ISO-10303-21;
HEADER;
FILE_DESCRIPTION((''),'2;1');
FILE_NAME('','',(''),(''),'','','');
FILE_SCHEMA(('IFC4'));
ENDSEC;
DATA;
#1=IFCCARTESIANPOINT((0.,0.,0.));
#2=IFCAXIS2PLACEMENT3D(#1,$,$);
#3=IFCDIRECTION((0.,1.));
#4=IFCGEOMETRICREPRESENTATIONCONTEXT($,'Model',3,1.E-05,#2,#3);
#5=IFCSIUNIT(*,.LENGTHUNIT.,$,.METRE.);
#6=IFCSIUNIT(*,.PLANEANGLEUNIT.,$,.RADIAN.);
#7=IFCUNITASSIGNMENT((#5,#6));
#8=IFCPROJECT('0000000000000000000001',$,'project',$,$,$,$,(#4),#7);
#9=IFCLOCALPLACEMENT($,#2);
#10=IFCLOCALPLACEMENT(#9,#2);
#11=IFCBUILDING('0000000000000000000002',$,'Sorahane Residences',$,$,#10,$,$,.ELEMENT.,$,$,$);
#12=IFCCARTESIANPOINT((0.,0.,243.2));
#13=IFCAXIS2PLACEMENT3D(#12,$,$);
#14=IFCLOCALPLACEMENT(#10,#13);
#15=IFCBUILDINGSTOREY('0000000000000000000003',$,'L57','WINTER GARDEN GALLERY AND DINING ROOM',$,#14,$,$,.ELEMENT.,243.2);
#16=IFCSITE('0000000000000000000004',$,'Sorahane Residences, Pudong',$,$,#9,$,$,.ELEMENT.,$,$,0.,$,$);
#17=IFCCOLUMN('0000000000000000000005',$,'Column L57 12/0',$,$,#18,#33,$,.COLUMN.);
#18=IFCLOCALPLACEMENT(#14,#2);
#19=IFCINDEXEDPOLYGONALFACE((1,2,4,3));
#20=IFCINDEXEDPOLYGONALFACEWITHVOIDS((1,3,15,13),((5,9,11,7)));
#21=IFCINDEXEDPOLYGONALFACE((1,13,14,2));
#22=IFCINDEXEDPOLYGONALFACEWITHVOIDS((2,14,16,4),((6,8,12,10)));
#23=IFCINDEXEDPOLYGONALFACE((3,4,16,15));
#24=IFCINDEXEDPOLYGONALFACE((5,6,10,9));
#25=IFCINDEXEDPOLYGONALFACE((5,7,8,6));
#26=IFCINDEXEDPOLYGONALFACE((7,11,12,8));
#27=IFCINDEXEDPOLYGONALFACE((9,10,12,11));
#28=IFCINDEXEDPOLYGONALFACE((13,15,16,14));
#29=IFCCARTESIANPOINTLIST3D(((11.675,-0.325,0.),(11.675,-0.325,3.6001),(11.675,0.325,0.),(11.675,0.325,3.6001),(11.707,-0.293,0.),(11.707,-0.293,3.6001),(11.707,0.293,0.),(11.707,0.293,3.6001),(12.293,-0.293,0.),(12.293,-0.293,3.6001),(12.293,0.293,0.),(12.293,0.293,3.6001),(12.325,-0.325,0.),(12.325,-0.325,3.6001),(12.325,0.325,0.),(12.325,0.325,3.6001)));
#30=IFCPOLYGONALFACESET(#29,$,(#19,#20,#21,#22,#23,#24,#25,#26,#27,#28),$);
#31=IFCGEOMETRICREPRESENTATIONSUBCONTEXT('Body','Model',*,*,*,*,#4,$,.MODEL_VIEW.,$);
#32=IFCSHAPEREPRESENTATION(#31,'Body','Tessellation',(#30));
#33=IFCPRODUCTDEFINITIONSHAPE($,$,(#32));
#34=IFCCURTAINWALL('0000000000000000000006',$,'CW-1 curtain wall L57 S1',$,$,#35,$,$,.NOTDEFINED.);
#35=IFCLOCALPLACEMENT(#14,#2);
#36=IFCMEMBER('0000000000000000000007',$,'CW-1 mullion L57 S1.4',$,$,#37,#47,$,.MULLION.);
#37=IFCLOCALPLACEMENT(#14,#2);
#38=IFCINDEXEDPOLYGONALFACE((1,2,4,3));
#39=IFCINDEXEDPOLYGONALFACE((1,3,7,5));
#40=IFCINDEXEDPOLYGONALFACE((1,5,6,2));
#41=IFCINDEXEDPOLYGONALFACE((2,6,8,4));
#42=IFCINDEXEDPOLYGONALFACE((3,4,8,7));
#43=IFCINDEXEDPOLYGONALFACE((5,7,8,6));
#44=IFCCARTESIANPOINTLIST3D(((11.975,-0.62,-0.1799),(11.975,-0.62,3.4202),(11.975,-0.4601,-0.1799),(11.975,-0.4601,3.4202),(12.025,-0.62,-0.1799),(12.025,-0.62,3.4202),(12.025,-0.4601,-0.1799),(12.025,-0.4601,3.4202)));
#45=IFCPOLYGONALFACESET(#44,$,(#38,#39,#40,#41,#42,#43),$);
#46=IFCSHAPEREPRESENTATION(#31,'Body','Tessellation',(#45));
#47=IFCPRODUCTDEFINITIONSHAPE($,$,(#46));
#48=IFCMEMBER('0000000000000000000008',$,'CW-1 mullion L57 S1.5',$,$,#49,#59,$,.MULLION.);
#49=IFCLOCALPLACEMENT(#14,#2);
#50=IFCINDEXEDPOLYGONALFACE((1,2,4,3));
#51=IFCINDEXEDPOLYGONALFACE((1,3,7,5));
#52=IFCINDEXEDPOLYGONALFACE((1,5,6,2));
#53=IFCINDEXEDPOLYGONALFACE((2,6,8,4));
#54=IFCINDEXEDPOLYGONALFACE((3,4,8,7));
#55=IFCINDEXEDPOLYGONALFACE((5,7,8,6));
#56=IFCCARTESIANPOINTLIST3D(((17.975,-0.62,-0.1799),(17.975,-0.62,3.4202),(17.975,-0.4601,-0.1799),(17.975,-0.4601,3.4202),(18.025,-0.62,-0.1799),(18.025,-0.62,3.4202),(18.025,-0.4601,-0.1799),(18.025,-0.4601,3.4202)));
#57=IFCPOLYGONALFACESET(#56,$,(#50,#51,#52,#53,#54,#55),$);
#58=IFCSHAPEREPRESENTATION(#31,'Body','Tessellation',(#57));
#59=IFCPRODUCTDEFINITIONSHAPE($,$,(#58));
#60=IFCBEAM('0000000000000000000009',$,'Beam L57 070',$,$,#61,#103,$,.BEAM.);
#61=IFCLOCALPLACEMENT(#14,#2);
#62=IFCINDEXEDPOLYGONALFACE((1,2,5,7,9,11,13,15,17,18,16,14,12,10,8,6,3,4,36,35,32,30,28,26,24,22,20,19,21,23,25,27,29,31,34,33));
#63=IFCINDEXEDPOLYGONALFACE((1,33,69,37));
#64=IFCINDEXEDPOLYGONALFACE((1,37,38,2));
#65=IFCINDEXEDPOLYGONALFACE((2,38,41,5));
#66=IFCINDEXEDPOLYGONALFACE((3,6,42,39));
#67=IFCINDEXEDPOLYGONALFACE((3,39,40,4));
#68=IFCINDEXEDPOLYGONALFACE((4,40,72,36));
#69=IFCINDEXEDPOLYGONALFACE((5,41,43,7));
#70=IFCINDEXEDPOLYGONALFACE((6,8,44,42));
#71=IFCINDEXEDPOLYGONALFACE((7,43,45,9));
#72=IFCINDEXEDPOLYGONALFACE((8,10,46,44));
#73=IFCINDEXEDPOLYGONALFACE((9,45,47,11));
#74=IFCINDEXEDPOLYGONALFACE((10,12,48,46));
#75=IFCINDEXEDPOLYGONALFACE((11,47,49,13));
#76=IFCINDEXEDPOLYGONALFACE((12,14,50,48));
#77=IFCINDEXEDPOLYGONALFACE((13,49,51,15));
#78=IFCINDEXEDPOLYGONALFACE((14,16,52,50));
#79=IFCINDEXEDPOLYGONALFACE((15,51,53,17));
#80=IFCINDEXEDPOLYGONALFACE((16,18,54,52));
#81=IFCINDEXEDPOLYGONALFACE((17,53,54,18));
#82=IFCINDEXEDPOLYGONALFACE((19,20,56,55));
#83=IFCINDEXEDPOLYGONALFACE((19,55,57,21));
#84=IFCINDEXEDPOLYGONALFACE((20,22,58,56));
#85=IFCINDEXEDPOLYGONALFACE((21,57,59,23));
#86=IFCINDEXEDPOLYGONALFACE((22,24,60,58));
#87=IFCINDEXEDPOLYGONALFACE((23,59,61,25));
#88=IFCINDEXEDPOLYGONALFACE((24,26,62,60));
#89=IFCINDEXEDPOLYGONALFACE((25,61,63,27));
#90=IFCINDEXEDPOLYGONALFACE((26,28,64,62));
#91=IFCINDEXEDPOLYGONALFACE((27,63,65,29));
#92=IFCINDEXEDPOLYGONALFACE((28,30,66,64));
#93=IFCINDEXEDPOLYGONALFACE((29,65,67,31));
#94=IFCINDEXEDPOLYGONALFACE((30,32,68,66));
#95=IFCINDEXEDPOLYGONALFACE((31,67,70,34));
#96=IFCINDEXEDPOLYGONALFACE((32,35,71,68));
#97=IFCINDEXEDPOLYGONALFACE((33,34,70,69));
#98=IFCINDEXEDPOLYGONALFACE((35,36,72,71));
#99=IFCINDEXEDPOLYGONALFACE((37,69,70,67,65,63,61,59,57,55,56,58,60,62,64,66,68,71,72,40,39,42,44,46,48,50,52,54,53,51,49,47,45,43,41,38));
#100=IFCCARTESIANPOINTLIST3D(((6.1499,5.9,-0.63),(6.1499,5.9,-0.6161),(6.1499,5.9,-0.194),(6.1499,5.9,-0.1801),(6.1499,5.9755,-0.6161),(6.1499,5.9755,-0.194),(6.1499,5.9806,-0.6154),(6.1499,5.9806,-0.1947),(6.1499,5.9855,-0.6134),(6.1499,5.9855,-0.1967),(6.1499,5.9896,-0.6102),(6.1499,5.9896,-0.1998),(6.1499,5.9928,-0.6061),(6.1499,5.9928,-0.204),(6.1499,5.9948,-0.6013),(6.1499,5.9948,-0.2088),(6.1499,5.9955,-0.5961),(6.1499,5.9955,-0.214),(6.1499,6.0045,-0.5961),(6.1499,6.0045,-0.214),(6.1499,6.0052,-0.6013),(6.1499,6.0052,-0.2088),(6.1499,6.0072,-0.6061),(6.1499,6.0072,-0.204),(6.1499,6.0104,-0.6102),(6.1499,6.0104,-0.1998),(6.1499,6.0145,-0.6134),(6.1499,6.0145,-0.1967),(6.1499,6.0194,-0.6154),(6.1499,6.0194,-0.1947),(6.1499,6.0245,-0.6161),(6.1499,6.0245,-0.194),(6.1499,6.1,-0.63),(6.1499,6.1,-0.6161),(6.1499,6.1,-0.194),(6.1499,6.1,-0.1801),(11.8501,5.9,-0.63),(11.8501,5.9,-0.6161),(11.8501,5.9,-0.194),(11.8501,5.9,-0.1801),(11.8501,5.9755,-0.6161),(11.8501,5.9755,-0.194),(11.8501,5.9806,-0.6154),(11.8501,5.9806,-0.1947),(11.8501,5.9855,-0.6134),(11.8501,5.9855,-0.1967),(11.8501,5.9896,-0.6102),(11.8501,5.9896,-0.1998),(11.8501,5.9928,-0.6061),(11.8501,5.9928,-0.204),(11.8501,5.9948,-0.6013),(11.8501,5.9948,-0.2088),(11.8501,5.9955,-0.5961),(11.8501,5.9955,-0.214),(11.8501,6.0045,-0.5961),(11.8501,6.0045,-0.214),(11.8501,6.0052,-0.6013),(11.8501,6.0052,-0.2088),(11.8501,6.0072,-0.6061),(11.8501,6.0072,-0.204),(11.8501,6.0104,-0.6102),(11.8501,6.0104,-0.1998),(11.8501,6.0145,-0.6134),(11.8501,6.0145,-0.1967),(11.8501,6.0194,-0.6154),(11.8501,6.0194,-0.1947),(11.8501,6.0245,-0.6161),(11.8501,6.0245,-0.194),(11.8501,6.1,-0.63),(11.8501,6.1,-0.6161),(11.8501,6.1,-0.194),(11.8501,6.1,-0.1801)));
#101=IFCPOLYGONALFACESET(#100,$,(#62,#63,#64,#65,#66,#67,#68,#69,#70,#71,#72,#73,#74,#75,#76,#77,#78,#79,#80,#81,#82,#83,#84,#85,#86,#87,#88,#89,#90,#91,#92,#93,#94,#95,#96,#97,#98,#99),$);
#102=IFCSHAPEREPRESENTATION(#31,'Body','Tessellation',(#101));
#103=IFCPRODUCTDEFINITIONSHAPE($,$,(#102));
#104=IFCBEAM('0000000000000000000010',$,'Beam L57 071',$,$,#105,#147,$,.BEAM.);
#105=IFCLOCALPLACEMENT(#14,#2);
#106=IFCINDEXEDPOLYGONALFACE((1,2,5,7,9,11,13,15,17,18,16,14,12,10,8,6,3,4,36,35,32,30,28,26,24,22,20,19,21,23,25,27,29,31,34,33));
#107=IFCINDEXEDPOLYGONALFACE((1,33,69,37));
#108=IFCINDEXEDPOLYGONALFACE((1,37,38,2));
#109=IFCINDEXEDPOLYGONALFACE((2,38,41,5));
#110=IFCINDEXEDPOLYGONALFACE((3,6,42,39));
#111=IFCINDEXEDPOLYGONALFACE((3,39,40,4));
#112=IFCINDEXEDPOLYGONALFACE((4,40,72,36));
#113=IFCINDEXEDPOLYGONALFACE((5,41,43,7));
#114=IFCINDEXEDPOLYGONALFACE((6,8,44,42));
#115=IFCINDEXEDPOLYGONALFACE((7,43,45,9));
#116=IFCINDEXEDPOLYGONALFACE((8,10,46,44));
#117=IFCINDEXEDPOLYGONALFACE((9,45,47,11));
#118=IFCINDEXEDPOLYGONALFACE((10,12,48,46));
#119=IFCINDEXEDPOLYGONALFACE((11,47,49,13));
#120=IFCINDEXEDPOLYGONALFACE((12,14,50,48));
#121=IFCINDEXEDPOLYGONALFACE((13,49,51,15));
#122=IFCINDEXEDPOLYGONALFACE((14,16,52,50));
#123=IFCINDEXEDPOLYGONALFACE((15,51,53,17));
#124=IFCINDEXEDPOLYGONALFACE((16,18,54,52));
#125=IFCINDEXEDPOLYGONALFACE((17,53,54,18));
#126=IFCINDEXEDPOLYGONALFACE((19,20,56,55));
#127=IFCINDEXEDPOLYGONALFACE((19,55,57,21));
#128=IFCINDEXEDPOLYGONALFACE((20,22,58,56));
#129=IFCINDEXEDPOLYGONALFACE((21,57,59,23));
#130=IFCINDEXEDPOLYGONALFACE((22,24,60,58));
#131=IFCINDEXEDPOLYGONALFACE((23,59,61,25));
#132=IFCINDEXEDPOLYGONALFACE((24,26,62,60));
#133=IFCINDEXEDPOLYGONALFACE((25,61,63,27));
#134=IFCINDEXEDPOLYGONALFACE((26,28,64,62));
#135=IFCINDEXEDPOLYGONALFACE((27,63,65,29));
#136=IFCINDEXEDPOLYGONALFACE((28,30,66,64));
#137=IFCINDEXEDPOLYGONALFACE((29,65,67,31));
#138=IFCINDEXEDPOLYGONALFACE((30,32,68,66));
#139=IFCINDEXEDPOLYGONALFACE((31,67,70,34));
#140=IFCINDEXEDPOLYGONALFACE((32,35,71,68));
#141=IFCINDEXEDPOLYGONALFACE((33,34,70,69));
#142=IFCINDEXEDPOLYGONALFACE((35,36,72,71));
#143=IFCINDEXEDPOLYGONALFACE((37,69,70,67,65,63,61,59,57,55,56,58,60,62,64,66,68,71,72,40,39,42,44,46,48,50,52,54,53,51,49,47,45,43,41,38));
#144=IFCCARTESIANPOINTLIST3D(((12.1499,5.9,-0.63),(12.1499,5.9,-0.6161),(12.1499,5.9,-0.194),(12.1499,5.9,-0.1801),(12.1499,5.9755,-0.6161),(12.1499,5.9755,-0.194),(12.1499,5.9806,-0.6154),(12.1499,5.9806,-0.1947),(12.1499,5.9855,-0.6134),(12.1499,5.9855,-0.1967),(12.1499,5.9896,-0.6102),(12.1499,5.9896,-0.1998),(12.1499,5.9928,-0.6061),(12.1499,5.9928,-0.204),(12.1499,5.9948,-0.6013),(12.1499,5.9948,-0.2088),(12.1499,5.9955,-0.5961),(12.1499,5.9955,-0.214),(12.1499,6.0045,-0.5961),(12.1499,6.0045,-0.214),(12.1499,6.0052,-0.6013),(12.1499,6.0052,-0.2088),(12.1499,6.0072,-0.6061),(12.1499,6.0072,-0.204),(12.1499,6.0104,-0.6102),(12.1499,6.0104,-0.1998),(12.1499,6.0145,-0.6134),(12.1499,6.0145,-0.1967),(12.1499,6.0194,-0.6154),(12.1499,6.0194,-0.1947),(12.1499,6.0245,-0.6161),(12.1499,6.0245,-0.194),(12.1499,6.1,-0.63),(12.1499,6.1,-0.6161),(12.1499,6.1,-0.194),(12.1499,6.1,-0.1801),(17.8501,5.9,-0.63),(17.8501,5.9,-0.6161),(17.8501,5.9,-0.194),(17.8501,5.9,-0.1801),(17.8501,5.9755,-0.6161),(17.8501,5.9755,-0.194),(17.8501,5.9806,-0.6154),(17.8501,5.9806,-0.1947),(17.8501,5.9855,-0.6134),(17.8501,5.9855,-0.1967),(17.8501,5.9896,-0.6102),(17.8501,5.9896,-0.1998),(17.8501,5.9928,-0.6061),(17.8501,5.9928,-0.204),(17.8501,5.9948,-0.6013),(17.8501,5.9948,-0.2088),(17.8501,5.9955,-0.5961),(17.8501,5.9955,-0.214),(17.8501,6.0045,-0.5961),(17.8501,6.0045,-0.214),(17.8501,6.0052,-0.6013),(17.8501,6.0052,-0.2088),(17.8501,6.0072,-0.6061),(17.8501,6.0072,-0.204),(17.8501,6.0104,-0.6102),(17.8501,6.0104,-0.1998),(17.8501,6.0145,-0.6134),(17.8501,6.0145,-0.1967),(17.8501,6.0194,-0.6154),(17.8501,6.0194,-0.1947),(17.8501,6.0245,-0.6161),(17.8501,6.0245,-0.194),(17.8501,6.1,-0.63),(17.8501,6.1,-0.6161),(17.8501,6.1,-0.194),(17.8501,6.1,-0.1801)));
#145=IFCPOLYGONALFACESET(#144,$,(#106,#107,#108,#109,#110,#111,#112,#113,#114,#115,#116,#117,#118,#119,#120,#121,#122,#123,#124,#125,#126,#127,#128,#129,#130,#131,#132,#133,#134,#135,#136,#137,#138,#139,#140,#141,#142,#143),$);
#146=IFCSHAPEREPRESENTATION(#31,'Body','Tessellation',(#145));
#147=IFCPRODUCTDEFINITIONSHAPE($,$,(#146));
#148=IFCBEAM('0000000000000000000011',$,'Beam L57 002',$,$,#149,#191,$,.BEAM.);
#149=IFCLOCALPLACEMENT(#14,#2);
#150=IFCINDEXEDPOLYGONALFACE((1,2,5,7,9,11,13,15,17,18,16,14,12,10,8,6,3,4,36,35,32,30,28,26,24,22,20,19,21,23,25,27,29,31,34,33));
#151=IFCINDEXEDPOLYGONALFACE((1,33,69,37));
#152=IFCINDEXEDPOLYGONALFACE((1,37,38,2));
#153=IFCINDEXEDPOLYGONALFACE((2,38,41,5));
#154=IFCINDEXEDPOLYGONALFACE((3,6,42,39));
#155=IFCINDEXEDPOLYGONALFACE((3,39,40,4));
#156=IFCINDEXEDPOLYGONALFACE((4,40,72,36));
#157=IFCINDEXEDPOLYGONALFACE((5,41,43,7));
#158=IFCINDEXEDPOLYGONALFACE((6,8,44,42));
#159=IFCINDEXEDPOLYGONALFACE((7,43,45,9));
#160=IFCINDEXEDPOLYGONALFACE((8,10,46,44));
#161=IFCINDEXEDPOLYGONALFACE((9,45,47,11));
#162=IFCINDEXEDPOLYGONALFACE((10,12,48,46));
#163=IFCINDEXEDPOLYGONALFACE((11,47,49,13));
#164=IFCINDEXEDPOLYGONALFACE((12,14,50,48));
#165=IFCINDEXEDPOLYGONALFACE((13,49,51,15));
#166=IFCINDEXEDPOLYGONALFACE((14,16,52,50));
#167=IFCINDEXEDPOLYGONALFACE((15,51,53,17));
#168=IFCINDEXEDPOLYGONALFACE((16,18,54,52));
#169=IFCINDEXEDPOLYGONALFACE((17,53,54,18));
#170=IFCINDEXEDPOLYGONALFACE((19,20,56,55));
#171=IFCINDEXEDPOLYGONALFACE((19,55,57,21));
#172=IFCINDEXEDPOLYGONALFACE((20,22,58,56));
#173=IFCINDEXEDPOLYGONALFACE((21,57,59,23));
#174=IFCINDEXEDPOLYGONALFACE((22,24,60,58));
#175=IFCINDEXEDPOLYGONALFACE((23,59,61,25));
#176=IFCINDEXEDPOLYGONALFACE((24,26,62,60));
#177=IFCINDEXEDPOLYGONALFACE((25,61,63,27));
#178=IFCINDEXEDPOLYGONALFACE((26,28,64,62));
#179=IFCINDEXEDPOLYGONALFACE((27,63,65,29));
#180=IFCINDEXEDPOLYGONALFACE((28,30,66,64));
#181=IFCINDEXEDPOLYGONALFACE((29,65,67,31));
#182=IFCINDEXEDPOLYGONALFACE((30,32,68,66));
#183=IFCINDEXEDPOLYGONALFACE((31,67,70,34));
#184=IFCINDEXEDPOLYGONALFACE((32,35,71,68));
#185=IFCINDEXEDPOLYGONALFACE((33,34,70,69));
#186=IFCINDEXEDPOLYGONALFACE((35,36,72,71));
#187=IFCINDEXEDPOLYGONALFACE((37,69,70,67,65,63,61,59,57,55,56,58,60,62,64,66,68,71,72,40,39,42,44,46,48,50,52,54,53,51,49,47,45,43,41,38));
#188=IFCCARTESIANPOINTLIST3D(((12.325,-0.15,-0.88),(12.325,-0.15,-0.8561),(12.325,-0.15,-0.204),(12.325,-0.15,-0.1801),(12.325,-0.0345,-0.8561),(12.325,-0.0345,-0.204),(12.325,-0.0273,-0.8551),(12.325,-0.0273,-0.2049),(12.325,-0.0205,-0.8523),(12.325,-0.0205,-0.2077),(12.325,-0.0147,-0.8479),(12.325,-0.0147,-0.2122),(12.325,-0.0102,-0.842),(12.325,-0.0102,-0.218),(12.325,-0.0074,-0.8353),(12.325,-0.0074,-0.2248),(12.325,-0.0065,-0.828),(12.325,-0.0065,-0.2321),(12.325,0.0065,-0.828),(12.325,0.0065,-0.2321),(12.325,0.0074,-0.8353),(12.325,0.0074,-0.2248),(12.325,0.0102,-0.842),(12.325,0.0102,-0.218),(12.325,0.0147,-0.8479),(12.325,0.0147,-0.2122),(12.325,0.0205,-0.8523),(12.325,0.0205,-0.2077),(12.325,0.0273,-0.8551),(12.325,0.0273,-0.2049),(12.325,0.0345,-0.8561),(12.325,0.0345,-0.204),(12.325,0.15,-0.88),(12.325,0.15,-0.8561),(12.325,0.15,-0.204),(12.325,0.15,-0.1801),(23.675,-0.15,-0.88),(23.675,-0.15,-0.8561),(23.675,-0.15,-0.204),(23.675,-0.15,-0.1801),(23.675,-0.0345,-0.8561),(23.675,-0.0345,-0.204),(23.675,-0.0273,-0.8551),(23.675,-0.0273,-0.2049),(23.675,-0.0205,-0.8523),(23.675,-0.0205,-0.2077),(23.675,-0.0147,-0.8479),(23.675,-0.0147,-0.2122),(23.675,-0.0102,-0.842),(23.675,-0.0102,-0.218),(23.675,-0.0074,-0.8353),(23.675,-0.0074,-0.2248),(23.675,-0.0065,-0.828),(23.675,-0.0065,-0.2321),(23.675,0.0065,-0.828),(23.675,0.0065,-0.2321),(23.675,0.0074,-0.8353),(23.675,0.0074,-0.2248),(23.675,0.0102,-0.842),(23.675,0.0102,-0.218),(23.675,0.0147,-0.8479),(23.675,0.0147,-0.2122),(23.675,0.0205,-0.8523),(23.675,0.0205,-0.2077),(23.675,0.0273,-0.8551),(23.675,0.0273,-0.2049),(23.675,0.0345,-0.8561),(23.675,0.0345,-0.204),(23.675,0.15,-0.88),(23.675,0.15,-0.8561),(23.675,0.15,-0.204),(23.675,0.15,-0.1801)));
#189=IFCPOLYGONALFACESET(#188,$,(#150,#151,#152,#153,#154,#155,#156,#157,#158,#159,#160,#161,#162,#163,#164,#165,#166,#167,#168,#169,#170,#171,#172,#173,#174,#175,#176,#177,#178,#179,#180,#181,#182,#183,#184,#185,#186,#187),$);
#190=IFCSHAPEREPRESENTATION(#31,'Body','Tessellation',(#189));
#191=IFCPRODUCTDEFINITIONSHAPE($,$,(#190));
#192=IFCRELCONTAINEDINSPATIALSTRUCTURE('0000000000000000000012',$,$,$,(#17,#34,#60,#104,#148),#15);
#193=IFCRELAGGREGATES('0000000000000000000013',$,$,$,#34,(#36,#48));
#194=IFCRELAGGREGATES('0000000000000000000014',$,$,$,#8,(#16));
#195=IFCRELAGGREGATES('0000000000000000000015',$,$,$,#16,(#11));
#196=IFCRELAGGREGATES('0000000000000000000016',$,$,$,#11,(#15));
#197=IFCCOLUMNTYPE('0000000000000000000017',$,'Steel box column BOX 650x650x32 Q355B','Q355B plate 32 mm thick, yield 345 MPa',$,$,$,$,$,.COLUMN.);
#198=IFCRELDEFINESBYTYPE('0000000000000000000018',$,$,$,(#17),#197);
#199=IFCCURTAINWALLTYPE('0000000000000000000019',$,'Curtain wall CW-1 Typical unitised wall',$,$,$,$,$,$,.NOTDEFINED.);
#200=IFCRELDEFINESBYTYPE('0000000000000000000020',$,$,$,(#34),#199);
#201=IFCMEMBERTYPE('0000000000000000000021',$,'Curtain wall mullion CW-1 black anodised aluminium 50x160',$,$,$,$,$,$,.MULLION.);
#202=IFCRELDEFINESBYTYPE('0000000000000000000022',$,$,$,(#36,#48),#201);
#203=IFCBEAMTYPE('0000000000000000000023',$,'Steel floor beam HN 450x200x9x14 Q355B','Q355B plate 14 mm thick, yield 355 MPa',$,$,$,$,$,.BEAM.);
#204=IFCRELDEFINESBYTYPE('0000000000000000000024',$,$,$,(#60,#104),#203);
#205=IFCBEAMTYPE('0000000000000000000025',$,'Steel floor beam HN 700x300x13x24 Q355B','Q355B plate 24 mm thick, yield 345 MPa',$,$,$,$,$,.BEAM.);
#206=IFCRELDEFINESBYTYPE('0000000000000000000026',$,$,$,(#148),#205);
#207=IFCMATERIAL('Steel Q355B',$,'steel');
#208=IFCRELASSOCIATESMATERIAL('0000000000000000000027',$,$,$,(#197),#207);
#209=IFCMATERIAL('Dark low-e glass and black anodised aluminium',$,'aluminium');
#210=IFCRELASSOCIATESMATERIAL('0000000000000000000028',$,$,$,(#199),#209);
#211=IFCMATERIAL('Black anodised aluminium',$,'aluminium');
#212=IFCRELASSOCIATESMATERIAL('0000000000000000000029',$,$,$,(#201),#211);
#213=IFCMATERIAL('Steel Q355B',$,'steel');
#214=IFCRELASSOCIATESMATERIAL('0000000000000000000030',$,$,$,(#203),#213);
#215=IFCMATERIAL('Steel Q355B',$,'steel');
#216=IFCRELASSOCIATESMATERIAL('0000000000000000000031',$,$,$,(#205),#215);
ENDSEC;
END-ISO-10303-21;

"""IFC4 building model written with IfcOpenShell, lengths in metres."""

from ifc_helpers import new_model, si_unit, direction, frame, origin, origin_2d, place, context, subcontext, project, spatial, rectangle, hollow_rectangle, i_section, extrude, material, material_profile, profile_set, type_object, element, aggregate, save


model = new_model("IFC4")

# Units and contexts
model_context = context("Model", 3, precision=1e-05, world=origin(), true_north=direction((0.0, 1.0)))
body_context = subcontext(model_context, "Body", "Model", "MODEL_VIEW")
ifc_project = project(units=[si_unit("LENGTHUNIT", "METRE"), si_unit("PLANEANGLEUNIT", "RADIAN")], contexts=[model_context])

# Site, building, storey
site_placement = place(None, origin())
site = spatial("IfcSite", under=ifc_project, at=site_placement, Name="Sorahane Residences, Pudong", CompositionType="ELEMENT", RefElevation=0.0)
building_placement = place(site_placement, origin())
building = spatial("IfcBuilding", under=site, at=building_placement, Name="Sorahane Residences", CompositionType="ELEMENT")
storey_placement = place(building_placement, frame((0.0, 0.0, 243.2)))
storey = spatial("IfcBuildingStorey", under=building, at=storey_placement, Name="L57", Description="WINTER GARDEN GALLERY AND DINING ROOM", CompositionType="ELEMENT", Elevation=243.2)

# Column
ifc_material_1 = material(Name="Steel Q355B", Category="steel")
ifc_material_profile_1 = material_profile(ifc_material_1, hollow_rectangle(XDim=0.6499, YDim=0.6499, WallThickness=0.032, at=origin_2d()), Name="BOX 650x650x32")
ifc_profile_set_1 = profile_set([ifc_material_profile_1], Name="Steel Q355B")
column_type = type_object("IfcColumnType", Name="Steel box column BOX 650x650x32 Q355B", Description="Q355B plate 32 mm thick, yield 345 MPa", PredefinedType="COLUMN", material=ifc_profile_set_1)
column_placement = place(storey_placement, frame((12.0, 0.0, 0.0), z_axis=(0.0, 0.0, 1.0), x_axis=(1.0, 0.0, 0.0)))
element("IfcColumn", 1, at=column_placement, inside=storey, type_object=column_type, Name="Column L57 12/0", PredefinedType="COLUMN", context=body_context, shape_type="SweptSolid", body=[
    extrude(hollow_rectangle(XDim=0.6499, YDim=0.6499, WallThickness=0.032, at=origin_2d()), origin(), (0.0, 0.0, 1.0), 3.6001),
])

# Curtain wall, members
ifc_material_2 = material(Name="Dark low-e glass and black anodised aluminium", Category="aluminium")
curtain_wall_type = type_object("IfcCurtainWallType", Name="Curtain wall CW-1 Typical unitised wall", PredefinedType="NOTDEFINED", material=ifc_material_2)
curtain_wall_placement = place(storey_placement, origin())
curtain_wall = element("IfcCurtainWall", 2, at=curtain_wall_placement, inside=storey, type_object=curtain_wall_type, Name="CW-1 curtain wall L57 S1", PredefinedType="NOTDEFINED")
ifc_material_3 = material(Name="Black anodised aluminium", Category="aluminium")
ifc_material_profile_2 = material_profile(ifc_material_3, rectangle(XDim=0.1599, YDim=0.05, at=origin_2d()), Name="Curtain wall mullion CW-1 black anodised aluminium 50x160")
ifc_profile_set_2 = profile_set([ifc_material_profile_2], Name="Black anodised aluminium")
member_type = type_object("IfcMemberType", Name="Curtain wall mullion CW-1 black anodised aluminium 50x160", PredefinedType="MULLION", material=ifc_profile_set_2)
member_1_placement = place(storey_placement, frame((12.0, -0.54, -0.1799), z_axis=(0.0, 0.0, 1.0), x_axis=(0.0, -1.0, 0.0)))
member_1 = element("IfcMember", 3, at=member_1_placement, type_object=member_type, Name="CW-1 mullion L57 S1.4", PredefinedType="MULLION", context=body_context, shape_type="SweptSolid", body=[
    extrude(rectangle(XDim=0.1599, YDim=0.05, at=origin_2d()), origin(), (0.0, 0.0, 1.0), 3.6001),
])
member_2_placement = place(storey_placement, frame((18.0, -0.54, -0.1799), z_axis=(0.0, 0.0, 1.0), x_axis=(0.0, -1.0, 0.0)))
member_2 = element("IfcMember", 4, at=member_2_placement, type_object=member_type, Name="CW-1 mullion L57 S1.5", PredefinedType="MULLION", context=body_context, shape_type="SweptSolid", body=[
    extrude(rectangle(XDim=0.1599, YDim=0.05, at=origin_2d()), origin(), (0.0, 0.0, 1.0), 3.6001),
])

# Beams
ifc_material_4 = material(Name="Steel Q355B", Category="steel")
ifc_material_profile_3 = material_profile(ifc_material_4, i_section(OverallWidth=0.2, OverallDepth=0.45, WebThickness=0.009, FlangeThickness=0.0139, FilletRadius=0.02, at=origin_2d()), Name="HN 450x200x9x14")
ifc_profile_set_3 = profile_set([ifc_material_profile_3], Name="Steel Q355B")
beam_type_1 = type_object("IfcBeamType", Name="Steel floor beam HN 450x200x9x14 Q355B", Description="Q355B plate 14 mm thick, yield 355 MPa", PredefinedType="BEAM", material=ifc_profile_set_3)
for number, where, z_axis, x_axis, name in (
    (5, (6.1499, 6.0, -0.405), (1.0, 0.0, 0.0), (0.0, 1.0, 0.0), "Beam L57 070"),
    (6, (12.1499, 6.0, -0.405), (1.0, 0.0, 0.0), (0.0, 1.0, 0.0), "Beam L57 071"),
):
    element("IfcBeam", number, at=place(storey_placement, frame(where, z_axis=z_axis, x_axis=x_axis)), inside=storey, type_object=beam_type_1, Name=name, PredefinedType="BEAM", context=body_context, shape_type="SweptSolid", body=[
        extrude(i_section(OverallWidth=0.2, OverallDepth=0.45, WebThickness=0.009, FlangeThickness=0.0139, FilletRadius=0.02, at=origin_2d()), origin(), (0.0, 0.0, 1.0), 5.7002),
    ])
ifc_material_5 = material(Name="Steel Q355B", Category="steel")
ifc_material_profile_4 = material_profile(ifc_material_5, i_section(OverallWidth=0.3, OverallDepth=0.7, WebThickness=0.0129, FlangeThickness=0.0239, FilletRadius=0.0281, at=origin_2d()), Name="HN 700x300x13x24")
ifc_profile_set_4 = profile_set([ifc_material_profile_4], Name="Steel Q355B")
beam_type_2 = type_object("IfcBeamType", Name="Steel floor beam HN 700x300x13x24 Q355B", Description="Q355B plate 24 mm thick, yield 345 MPa", PredefinedType="BEAM", material=ifc_profile_set_4)
beam_1_placement = place(storey_placement, frame((12.325, 0.0, -0.53), z_axis=(1.0, 0.0, 0.0), x_axis=(0.0, 1.0, 0.0)))
element("IfcBeam", 7, at=beam_1_placement, inside=storey, type_object=beam_type_2, Name="Beam L57 002", PredefinedType="BEAM", context=body_context, shape_type="SweptSolid", body=[
    extrude(i_section(OverallWidth=0.3, OverallDepth=0.7, WebThickness=0.0129, FlangeThickness=0.0239, FilletRadius=0.0281, at=origin_2d()), origin(), (0.0, 0.0, 1.0), 11.3501),
])

aggregate(curtain_wall, [member_1, member_2])

save(model, "model.ifc")
